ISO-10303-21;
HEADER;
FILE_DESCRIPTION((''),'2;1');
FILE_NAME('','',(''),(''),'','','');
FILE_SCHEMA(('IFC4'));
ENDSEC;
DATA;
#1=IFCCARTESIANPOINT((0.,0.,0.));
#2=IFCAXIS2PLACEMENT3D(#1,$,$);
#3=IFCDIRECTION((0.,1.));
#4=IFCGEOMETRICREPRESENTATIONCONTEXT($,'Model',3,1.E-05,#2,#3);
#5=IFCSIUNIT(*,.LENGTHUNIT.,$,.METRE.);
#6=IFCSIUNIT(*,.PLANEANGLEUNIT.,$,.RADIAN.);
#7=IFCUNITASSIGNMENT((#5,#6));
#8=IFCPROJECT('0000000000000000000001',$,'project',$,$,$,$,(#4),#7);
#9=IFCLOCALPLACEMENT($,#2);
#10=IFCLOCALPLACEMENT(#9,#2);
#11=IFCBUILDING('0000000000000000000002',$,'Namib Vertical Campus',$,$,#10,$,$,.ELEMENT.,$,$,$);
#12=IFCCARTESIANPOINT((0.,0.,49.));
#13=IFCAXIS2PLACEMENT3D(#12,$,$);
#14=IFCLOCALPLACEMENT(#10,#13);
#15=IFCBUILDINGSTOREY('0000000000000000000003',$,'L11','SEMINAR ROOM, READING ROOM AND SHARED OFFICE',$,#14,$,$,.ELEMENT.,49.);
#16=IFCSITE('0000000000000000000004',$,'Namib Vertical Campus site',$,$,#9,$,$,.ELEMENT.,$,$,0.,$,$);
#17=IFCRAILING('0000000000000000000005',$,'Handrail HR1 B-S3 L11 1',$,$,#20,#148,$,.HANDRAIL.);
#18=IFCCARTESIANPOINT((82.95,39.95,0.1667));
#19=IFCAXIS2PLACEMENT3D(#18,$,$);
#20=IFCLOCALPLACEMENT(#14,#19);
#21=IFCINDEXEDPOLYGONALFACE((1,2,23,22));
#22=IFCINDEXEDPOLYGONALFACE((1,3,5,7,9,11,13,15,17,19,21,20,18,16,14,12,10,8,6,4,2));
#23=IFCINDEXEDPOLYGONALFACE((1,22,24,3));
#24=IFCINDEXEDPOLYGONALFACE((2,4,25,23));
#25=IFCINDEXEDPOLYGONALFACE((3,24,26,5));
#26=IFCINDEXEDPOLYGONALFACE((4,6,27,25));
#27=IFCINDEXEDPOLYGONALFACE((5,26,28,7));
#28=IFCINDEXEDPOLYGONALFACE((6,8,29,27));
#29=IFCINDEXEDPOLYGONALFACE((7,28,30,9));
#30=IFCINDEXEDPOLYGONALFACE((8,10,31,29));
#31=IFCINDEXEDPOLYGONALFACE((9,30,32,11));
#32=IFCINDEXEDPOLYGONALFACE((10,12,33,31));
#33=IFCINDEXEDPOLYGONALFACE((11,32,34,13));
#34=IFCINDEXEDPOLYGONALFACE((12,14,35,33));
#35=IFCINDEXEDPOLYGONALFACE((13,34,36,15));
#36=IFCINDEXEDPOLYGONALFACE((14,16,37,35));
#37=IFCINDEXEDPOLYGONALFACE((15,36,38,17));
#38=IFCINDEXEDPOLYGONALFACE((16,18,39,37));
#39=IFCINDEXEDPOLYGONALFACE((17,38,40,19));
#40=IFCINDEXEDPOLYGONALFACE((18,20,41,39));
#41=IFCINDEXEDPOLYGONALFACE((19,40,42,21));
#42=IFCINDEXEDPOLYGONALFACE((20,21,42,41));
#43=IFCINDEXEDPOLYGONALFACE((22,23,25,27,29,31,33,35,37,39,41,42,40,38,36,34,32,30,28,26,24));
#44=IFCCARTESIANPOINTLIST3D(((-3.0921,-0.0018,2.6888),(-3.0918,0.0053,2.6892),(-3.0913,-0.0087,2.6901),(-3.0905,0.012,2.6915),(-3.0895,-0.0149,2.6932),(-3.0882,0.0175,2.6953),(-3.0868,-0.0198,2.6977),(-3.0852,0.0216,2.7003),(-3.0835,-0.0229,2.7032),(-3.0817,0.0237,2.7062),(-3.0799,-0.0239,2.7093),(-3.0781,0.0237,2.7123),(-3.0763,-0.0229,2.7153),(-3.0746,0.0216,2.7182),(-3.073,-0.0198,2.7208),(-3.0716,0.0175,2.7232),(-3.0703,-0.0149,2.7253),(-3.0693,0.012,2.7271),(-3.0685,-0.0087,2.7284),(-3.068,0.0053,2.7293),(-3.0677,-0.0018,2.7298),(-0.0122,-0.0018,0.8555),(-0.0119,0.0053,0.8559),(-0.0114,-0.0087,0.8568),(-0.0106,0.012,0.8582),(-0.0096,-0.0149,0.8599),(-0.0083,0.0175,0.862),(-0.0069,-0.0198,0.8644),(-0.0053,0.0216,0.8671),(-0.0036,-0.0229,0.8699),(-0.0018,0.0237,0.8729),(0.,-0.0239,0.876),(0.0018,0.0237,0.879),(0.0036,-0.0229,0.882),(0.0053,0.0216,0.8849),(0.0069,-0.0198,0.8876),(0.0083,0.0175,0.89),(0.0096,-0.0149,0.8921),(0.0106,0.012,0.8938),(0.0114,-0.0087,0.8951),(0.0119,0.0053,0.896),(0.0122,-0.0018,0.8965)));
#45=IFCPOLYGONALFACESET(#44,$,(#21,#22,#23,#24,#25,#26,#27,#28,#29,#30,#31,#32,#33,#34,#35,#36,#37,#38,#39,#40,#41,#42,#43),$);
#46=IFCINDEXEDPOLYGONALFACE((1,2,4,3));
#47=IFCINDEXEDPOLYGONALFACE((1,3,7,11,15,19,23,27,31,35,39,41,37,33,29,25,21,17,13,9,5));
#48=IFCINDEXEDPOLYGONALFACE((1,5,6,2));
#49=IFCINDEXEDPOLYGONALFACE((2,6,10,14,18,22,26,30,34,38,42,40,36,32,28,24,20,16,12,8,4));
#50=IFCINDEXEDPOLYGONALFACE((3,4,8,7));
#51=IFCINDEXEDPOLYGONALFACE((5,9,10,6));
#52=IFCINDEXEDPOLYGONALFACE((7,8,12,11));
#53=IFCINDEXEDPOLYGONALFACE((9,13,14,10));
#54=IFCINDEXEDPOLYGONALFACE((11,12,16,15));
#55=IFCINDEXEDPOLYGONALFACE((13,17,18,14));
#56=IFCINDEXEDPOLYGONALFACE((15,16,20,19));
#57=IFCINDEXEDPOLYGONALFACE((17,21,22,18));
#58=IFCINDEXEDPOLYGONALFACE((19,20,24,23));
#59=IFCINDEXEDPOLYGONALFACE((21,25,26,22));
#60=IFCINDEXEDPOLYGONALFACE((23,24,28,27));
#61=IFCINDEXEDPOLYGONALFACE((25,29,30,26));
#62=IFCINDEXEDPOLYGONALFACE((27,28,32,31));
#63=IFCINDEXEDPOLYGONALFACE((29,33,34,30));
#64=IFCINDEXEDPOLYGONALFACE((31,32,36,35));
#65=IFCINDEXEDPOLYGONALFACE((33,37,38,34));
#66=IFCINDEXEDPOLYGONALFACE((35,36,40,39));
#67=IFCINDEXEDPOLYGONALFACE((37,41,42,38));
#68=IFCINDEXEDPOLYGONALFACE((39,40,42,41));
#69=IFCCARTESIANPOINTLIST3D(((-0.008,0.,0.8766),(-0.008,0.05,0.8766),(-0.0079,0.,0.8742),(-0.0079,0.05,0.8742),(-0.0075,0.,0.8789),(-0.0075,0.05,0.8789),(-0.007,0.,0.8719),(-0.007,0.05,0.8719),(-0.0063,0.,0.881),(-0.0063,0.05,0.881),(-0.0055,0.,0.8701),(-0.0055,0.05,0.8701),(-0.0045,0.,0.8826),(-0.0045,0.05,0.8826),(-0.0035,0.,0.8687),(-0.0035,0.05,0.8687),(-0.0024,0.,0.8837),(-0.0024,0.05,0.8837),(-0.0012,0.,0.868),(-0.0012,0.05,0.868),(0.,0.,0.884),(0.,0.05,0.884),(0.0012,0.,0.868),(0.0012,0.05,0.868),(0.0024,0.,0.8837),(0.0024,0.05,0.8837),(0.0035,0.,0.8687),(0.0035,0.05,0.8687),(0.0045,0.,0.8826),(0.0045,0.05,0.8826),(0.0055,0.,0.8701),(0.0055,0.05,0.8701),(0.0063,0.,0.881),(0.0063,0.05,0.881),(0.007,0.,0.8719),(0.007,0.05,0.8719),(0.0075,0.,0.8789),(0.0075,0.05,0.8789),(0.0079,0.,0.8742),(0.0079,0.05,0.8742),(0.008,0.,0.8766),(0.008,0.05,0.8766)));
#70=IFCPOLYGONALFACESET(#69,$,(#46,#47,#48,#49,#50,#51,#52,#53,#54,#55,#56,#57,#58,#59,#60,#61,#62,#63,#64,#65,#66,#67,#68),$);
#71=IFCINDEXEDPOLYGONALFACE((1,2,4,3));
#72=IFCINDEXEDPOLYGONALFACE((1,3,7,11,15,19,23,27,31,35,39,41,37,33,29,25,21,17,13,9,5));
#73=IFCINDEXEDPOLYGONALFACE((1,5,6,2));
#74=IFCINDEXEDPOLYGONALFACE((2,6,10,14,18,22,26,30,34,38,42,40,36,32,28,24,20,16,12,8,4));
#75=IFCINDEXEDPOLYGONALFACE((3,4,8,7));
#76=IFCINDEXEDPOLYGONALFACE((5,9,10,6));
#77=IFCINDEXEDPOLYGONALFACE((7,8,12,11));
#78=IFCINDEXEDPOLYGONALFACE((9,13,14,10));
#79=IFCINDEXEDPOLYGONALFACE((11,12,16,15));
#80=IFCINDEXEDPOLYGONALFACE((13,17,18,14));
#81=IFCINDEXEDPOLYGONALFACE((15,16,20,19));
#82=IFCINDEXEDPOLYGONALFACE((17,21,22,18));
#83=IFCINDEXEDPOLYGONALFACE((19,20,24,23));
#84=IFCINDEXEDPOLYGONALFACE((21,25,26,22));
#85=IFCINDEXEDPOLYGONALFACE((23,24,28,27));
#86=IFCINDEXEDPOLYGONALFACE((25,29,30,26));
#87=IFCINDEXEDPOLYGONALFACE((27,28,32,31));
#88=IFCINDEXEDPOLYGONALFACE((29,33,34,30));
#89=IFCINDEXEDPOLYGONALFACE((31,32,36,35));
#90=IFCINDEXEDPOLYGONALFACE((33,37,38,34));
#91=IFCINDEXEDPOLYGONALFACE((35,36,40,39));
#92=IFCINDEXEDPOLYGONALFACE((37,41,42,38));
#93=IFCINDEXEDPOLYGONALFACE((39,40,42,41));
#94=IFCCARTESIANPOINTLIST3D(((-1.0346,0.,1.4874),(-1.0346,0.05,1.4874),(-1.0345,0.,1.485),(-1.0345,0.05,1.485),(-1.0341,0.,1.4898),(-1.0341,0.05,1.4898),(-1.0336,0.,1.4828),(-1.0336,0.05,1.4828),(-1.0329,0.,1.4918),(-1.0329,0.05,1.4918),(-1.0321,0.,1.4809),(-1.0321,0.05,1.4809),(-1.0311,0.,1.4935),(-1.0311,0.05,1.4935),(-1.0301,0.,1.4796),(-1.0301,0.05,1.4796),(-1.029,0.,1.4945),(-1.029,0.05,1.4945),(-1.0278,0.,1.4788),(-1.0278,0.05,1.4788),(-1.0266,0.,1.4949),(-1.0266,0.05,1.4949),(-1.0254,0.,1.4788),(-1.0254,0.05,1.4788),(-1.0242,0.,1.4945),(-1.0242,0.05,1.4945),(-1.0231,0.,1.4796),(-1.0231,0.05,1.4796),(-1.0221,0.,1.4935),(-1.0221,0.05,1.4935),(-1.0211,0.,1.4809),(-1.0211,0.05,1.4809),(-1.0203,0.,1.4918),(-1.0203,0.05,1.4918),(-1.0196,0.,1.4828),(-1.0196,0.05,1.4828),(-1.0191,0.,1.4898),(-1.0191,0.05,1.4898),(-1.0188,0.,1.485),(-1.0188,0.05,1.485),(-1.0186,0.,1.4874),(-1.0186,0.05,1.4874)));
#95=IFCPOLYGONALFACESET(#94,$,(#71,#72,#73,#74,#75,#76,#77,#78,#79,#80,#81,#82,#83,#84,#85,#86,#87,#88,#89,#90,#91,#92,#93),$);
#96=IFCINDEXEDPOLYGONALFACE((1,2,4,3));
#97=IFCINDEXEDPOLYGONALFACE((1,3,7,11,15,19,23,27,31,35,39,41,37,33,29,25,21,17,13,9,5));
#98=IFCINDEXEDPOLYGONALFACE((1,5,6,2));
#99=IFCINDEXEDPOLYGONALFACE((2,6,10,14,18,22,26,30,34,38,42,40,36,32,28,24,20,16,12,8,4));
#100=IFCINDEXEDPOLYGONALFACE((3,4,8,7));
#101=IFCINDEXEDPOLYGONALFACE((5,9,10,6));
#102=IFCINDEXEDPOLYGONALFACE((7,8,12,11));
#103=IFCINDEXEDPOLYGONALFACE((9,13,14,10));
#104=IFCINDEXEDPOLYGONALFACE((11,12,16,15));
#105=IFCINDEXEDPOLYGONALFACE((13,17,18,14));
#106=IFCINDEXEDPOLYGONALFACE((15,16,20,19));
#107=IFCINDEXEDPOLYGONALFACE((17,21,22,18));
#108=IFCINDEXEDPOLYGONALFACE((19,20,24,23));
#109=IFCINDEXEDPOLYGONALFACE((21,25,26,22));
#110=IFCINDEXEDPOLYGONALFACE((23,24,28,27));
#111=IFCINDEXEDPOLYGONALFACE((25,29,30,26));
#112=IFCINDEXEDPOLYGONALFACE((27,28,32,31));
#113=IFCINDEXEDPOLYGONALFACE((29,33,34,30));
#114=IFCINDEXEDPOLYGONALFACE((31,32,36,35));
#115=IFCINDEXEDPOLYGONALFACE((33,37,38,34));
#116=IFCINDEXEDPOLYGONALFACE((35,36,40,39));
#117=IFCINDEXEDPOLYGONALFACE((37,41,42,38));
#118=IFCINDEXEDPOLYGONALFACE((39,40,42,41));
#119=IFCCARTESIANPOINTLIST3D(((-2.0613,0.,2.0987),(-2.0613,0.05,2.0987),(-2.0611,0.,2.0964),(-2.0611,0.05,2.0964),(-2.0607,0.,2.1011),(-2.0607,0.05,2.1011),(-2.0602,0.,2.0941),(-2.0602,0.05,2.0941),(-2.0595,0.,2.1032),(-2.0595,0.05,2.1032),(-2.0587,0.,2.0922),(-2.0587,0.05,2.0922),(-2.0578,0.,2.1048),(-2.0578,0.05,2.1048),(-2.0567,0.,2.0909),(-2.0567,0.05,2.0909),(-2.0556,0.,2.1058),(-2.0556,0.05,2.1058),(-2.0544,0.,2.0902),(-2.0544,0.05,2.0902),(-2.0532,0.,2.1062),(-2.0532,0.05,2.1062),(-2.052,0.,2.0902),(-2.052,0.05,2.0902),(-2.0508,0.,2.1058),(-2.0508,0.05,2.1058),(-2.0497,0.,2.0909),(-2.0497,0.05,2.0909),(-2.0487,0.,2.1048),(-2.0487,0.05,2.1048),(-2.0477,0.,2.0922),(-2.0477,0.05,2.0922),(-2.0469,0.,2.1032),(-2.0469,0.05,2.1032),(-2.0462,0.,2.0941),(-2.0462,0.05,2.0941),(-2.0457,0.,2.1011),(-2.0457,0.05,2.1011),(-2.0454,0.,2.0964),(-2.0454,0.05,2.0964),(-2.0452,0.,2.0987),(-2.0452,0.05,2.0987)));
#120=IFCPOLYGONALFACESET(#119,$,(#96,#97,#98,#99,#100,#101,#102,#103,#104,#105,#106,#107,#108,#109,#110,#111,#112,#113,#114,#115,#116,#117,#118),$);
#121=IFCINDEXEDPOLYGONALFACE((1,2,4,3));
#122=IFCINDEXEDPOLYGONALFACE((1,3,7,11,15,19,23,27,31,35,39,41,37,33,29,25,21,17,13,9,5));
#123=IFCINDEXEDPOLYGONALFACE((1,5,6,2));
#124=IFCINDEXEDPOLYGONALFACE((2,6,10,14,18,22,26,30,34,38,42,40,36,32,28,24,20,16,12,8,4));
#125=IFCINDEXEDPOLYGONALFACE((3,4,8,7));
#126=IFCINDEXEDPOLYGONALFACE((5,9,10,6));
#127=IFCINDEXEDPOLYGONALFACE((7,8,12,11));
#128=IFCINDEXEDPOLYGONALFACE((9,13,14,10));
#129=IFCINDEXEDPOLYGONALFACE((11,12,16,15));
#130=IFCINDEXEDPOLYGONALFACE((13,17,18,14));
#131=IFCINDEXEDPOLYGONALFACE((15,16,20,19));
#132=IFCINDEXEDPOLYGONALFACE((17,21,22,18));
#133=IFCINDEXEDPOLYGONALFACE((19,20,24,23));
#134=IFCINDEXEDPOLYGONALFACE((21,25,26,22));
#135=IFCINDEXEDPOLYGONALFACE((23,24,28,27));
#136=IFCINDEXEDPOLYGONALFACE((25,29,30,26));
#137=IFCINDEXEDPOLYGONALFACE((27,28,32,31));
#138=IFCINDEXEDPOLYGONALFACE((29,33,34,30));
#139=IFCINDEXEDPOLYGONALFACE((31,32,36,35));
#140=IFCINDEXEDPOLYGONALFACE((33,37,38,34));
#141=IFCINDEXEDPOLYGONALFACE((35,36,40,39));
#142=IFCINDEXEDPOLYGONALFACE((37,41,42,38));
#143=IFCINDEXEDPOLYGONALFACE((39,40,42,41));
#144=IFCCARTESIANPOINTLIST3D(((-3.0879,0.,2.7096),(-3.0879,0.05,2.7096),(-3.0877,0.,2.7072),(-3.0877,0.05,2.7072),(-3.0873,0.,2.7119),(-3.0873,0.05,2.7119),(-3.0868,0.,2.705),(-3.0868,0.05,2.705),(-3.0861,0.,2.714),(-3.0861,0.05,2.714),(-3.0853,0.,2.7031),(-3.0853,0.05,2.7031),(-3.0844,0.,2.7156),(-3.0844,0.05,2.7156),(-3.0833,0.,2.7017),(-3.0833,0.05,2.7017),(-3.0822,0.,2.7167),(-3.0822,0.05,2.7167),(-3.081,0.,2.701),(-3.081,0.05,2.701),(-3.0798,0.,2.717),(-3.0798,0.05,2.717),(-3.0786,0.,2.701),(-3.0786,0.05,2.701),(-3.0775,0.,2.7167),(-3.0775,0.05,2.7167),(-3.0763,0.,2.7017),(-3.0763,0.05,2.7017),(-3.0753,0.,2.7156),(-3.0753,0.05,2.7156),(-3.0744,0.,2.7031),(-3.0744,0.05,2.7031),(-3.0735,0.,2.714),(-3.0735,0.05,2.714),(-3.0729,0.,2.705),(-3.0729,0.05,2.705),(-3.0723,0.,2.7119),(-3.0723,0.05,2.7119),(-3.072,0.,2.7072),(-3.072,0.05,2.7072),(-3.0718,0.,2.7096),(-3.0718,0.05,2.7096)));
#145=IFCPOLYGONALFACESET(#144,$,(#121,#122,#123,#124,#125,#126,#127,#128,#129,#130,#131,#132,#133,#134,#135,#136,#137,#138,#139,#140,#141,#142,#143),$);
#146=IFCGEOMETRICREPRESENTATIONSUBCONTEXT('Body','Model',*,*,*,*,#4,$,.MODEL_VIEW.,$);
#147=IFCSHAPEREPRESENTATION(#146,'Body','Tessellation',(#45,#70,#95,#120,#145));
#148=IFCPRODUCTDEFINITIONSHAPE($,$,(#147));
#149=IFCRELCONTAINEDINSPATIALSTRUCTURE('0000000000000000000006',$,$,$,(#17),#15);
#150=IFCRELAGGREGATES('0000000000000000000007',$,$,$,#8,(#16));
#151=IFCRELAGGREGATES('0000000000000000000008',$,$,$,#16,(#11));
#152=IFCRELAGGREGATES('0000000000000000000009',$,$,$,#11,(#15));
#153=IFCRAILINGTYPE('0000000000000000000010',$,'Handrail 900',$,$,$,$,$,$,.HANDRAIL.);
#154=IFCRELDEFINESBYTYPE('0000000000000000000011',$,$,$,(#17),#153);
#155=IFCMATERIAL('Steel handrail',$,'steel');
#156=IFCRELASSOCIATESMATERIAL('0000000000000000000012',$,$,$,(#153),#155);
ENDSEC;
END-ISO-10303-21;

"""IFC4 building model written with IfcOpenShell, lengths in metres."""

from ifc_helpers import new_model, si_unit, direction, frame, origin, origin_2d, place, context, subcontext, project, spatial, circle, extrude, material, type_object, element, save


model = new_model("IFC4")

# Units and contexts
model_context = context("Model", 3, precision=1e-05, world=origin(), true_north=direction((0.0, 1.0)))
body_context = subcontext(model_context, "Body", "Model", "MODEL_VIEW")
ifc_project = project(units=[si_unit("LENGTHUNIT", "METRE"), si_unit("PLANEANGLEUNIT", "RADIAN")], contexts=[model_context])

# Site, building, storey
site_placement = place(None, origin())
site = spatial("IfcSite", under=ifc_project, at=site_placement, Name="Namib Vertical Campus site", CompositionType="ELEMENT", RefElevation=0.0)
building_placement = place(site_placement, origin())
building = spatial("IfcBuilding", under=site, at=building_placement, Name="Namib Vertical Campus", CompositionType="ELEMENT")
storey_placement = place(building_placement, frame((0.0, 0.0, 49.0)))
storey = spatial("IfcBuildingStorey", under=building, at=storey_placement, Name="L11", Description="SEMINAR ROOM, READING ROOM AND SHARED OFFICE", CompositionType="ELEMENT", Elevation=49.0)

# Railing
ifc_material_1 = material(Name="Steel handrail", Category="steel")
railing_type_1 = type_object("IfcRailingType", Name="Handrail 900", PredefinedType="HANDRAIL", material=ifc_material_1)
railing_1_placement = place(storey_placement, frame((82.95, 39.95, 0.1667)))
element("IfcRailing", 1, at=railing_1_placement, inside=storey, type_object=railing_type_1, Name="Handrail HR1 B-S3 L11 1", PredefinedType="HANDRAIL", context=body_context, shape_type="SweptSolid", body=[
    extrude(circle(Radius=0.0239, at=origin_2d()), frame((0.0, 0.0, 0.876), z_axis=(-0.859291, 0.0, 0.511487), x_axis=(0.0, -1.0, 0.0)), (0.0, 0.0, 1.0), 3.5842),
    extrude(circle(Radius=0.0081, at=origin_2d()), frame((0.0, 0.0, 0.876), z_axis=(0.0, 1.0, 0.0), x_axis=(0.0, 0.0, 1.0)), (0.0, 0.0, 1.0), 0.05),
    extrude(circle(Radius=0.0081, at=origin_2d()), frame((-1.0266, 0.0, 1.4868), z_axis=(0.0, 1.0, 0.0), x_axis=(0.0, 0.0, 1.0)), (0.0, 0.0, 1.0), 0.05),
    extrude(circle(Radius=0.0081, at=origin_2d()), frame((-2.0532, 0.0, 2.0981), z_axis=(0.0, 1.0, 0.0), x_axis=(0.0, 0.0, 1.0)), (0.0, 0.0, 1.0), 0.05),
    extrude(circle(Radius=0.0081, at=origin_2d()), frame((-3.0798, 0.0, 2.709), z_axis=(0.0, 1.0, 0.0), x_axis=(0.0, 0.0, 1.0)), (0.0, 0.0, 1.0), 0.05),
])

save(model, "model.ifc")
